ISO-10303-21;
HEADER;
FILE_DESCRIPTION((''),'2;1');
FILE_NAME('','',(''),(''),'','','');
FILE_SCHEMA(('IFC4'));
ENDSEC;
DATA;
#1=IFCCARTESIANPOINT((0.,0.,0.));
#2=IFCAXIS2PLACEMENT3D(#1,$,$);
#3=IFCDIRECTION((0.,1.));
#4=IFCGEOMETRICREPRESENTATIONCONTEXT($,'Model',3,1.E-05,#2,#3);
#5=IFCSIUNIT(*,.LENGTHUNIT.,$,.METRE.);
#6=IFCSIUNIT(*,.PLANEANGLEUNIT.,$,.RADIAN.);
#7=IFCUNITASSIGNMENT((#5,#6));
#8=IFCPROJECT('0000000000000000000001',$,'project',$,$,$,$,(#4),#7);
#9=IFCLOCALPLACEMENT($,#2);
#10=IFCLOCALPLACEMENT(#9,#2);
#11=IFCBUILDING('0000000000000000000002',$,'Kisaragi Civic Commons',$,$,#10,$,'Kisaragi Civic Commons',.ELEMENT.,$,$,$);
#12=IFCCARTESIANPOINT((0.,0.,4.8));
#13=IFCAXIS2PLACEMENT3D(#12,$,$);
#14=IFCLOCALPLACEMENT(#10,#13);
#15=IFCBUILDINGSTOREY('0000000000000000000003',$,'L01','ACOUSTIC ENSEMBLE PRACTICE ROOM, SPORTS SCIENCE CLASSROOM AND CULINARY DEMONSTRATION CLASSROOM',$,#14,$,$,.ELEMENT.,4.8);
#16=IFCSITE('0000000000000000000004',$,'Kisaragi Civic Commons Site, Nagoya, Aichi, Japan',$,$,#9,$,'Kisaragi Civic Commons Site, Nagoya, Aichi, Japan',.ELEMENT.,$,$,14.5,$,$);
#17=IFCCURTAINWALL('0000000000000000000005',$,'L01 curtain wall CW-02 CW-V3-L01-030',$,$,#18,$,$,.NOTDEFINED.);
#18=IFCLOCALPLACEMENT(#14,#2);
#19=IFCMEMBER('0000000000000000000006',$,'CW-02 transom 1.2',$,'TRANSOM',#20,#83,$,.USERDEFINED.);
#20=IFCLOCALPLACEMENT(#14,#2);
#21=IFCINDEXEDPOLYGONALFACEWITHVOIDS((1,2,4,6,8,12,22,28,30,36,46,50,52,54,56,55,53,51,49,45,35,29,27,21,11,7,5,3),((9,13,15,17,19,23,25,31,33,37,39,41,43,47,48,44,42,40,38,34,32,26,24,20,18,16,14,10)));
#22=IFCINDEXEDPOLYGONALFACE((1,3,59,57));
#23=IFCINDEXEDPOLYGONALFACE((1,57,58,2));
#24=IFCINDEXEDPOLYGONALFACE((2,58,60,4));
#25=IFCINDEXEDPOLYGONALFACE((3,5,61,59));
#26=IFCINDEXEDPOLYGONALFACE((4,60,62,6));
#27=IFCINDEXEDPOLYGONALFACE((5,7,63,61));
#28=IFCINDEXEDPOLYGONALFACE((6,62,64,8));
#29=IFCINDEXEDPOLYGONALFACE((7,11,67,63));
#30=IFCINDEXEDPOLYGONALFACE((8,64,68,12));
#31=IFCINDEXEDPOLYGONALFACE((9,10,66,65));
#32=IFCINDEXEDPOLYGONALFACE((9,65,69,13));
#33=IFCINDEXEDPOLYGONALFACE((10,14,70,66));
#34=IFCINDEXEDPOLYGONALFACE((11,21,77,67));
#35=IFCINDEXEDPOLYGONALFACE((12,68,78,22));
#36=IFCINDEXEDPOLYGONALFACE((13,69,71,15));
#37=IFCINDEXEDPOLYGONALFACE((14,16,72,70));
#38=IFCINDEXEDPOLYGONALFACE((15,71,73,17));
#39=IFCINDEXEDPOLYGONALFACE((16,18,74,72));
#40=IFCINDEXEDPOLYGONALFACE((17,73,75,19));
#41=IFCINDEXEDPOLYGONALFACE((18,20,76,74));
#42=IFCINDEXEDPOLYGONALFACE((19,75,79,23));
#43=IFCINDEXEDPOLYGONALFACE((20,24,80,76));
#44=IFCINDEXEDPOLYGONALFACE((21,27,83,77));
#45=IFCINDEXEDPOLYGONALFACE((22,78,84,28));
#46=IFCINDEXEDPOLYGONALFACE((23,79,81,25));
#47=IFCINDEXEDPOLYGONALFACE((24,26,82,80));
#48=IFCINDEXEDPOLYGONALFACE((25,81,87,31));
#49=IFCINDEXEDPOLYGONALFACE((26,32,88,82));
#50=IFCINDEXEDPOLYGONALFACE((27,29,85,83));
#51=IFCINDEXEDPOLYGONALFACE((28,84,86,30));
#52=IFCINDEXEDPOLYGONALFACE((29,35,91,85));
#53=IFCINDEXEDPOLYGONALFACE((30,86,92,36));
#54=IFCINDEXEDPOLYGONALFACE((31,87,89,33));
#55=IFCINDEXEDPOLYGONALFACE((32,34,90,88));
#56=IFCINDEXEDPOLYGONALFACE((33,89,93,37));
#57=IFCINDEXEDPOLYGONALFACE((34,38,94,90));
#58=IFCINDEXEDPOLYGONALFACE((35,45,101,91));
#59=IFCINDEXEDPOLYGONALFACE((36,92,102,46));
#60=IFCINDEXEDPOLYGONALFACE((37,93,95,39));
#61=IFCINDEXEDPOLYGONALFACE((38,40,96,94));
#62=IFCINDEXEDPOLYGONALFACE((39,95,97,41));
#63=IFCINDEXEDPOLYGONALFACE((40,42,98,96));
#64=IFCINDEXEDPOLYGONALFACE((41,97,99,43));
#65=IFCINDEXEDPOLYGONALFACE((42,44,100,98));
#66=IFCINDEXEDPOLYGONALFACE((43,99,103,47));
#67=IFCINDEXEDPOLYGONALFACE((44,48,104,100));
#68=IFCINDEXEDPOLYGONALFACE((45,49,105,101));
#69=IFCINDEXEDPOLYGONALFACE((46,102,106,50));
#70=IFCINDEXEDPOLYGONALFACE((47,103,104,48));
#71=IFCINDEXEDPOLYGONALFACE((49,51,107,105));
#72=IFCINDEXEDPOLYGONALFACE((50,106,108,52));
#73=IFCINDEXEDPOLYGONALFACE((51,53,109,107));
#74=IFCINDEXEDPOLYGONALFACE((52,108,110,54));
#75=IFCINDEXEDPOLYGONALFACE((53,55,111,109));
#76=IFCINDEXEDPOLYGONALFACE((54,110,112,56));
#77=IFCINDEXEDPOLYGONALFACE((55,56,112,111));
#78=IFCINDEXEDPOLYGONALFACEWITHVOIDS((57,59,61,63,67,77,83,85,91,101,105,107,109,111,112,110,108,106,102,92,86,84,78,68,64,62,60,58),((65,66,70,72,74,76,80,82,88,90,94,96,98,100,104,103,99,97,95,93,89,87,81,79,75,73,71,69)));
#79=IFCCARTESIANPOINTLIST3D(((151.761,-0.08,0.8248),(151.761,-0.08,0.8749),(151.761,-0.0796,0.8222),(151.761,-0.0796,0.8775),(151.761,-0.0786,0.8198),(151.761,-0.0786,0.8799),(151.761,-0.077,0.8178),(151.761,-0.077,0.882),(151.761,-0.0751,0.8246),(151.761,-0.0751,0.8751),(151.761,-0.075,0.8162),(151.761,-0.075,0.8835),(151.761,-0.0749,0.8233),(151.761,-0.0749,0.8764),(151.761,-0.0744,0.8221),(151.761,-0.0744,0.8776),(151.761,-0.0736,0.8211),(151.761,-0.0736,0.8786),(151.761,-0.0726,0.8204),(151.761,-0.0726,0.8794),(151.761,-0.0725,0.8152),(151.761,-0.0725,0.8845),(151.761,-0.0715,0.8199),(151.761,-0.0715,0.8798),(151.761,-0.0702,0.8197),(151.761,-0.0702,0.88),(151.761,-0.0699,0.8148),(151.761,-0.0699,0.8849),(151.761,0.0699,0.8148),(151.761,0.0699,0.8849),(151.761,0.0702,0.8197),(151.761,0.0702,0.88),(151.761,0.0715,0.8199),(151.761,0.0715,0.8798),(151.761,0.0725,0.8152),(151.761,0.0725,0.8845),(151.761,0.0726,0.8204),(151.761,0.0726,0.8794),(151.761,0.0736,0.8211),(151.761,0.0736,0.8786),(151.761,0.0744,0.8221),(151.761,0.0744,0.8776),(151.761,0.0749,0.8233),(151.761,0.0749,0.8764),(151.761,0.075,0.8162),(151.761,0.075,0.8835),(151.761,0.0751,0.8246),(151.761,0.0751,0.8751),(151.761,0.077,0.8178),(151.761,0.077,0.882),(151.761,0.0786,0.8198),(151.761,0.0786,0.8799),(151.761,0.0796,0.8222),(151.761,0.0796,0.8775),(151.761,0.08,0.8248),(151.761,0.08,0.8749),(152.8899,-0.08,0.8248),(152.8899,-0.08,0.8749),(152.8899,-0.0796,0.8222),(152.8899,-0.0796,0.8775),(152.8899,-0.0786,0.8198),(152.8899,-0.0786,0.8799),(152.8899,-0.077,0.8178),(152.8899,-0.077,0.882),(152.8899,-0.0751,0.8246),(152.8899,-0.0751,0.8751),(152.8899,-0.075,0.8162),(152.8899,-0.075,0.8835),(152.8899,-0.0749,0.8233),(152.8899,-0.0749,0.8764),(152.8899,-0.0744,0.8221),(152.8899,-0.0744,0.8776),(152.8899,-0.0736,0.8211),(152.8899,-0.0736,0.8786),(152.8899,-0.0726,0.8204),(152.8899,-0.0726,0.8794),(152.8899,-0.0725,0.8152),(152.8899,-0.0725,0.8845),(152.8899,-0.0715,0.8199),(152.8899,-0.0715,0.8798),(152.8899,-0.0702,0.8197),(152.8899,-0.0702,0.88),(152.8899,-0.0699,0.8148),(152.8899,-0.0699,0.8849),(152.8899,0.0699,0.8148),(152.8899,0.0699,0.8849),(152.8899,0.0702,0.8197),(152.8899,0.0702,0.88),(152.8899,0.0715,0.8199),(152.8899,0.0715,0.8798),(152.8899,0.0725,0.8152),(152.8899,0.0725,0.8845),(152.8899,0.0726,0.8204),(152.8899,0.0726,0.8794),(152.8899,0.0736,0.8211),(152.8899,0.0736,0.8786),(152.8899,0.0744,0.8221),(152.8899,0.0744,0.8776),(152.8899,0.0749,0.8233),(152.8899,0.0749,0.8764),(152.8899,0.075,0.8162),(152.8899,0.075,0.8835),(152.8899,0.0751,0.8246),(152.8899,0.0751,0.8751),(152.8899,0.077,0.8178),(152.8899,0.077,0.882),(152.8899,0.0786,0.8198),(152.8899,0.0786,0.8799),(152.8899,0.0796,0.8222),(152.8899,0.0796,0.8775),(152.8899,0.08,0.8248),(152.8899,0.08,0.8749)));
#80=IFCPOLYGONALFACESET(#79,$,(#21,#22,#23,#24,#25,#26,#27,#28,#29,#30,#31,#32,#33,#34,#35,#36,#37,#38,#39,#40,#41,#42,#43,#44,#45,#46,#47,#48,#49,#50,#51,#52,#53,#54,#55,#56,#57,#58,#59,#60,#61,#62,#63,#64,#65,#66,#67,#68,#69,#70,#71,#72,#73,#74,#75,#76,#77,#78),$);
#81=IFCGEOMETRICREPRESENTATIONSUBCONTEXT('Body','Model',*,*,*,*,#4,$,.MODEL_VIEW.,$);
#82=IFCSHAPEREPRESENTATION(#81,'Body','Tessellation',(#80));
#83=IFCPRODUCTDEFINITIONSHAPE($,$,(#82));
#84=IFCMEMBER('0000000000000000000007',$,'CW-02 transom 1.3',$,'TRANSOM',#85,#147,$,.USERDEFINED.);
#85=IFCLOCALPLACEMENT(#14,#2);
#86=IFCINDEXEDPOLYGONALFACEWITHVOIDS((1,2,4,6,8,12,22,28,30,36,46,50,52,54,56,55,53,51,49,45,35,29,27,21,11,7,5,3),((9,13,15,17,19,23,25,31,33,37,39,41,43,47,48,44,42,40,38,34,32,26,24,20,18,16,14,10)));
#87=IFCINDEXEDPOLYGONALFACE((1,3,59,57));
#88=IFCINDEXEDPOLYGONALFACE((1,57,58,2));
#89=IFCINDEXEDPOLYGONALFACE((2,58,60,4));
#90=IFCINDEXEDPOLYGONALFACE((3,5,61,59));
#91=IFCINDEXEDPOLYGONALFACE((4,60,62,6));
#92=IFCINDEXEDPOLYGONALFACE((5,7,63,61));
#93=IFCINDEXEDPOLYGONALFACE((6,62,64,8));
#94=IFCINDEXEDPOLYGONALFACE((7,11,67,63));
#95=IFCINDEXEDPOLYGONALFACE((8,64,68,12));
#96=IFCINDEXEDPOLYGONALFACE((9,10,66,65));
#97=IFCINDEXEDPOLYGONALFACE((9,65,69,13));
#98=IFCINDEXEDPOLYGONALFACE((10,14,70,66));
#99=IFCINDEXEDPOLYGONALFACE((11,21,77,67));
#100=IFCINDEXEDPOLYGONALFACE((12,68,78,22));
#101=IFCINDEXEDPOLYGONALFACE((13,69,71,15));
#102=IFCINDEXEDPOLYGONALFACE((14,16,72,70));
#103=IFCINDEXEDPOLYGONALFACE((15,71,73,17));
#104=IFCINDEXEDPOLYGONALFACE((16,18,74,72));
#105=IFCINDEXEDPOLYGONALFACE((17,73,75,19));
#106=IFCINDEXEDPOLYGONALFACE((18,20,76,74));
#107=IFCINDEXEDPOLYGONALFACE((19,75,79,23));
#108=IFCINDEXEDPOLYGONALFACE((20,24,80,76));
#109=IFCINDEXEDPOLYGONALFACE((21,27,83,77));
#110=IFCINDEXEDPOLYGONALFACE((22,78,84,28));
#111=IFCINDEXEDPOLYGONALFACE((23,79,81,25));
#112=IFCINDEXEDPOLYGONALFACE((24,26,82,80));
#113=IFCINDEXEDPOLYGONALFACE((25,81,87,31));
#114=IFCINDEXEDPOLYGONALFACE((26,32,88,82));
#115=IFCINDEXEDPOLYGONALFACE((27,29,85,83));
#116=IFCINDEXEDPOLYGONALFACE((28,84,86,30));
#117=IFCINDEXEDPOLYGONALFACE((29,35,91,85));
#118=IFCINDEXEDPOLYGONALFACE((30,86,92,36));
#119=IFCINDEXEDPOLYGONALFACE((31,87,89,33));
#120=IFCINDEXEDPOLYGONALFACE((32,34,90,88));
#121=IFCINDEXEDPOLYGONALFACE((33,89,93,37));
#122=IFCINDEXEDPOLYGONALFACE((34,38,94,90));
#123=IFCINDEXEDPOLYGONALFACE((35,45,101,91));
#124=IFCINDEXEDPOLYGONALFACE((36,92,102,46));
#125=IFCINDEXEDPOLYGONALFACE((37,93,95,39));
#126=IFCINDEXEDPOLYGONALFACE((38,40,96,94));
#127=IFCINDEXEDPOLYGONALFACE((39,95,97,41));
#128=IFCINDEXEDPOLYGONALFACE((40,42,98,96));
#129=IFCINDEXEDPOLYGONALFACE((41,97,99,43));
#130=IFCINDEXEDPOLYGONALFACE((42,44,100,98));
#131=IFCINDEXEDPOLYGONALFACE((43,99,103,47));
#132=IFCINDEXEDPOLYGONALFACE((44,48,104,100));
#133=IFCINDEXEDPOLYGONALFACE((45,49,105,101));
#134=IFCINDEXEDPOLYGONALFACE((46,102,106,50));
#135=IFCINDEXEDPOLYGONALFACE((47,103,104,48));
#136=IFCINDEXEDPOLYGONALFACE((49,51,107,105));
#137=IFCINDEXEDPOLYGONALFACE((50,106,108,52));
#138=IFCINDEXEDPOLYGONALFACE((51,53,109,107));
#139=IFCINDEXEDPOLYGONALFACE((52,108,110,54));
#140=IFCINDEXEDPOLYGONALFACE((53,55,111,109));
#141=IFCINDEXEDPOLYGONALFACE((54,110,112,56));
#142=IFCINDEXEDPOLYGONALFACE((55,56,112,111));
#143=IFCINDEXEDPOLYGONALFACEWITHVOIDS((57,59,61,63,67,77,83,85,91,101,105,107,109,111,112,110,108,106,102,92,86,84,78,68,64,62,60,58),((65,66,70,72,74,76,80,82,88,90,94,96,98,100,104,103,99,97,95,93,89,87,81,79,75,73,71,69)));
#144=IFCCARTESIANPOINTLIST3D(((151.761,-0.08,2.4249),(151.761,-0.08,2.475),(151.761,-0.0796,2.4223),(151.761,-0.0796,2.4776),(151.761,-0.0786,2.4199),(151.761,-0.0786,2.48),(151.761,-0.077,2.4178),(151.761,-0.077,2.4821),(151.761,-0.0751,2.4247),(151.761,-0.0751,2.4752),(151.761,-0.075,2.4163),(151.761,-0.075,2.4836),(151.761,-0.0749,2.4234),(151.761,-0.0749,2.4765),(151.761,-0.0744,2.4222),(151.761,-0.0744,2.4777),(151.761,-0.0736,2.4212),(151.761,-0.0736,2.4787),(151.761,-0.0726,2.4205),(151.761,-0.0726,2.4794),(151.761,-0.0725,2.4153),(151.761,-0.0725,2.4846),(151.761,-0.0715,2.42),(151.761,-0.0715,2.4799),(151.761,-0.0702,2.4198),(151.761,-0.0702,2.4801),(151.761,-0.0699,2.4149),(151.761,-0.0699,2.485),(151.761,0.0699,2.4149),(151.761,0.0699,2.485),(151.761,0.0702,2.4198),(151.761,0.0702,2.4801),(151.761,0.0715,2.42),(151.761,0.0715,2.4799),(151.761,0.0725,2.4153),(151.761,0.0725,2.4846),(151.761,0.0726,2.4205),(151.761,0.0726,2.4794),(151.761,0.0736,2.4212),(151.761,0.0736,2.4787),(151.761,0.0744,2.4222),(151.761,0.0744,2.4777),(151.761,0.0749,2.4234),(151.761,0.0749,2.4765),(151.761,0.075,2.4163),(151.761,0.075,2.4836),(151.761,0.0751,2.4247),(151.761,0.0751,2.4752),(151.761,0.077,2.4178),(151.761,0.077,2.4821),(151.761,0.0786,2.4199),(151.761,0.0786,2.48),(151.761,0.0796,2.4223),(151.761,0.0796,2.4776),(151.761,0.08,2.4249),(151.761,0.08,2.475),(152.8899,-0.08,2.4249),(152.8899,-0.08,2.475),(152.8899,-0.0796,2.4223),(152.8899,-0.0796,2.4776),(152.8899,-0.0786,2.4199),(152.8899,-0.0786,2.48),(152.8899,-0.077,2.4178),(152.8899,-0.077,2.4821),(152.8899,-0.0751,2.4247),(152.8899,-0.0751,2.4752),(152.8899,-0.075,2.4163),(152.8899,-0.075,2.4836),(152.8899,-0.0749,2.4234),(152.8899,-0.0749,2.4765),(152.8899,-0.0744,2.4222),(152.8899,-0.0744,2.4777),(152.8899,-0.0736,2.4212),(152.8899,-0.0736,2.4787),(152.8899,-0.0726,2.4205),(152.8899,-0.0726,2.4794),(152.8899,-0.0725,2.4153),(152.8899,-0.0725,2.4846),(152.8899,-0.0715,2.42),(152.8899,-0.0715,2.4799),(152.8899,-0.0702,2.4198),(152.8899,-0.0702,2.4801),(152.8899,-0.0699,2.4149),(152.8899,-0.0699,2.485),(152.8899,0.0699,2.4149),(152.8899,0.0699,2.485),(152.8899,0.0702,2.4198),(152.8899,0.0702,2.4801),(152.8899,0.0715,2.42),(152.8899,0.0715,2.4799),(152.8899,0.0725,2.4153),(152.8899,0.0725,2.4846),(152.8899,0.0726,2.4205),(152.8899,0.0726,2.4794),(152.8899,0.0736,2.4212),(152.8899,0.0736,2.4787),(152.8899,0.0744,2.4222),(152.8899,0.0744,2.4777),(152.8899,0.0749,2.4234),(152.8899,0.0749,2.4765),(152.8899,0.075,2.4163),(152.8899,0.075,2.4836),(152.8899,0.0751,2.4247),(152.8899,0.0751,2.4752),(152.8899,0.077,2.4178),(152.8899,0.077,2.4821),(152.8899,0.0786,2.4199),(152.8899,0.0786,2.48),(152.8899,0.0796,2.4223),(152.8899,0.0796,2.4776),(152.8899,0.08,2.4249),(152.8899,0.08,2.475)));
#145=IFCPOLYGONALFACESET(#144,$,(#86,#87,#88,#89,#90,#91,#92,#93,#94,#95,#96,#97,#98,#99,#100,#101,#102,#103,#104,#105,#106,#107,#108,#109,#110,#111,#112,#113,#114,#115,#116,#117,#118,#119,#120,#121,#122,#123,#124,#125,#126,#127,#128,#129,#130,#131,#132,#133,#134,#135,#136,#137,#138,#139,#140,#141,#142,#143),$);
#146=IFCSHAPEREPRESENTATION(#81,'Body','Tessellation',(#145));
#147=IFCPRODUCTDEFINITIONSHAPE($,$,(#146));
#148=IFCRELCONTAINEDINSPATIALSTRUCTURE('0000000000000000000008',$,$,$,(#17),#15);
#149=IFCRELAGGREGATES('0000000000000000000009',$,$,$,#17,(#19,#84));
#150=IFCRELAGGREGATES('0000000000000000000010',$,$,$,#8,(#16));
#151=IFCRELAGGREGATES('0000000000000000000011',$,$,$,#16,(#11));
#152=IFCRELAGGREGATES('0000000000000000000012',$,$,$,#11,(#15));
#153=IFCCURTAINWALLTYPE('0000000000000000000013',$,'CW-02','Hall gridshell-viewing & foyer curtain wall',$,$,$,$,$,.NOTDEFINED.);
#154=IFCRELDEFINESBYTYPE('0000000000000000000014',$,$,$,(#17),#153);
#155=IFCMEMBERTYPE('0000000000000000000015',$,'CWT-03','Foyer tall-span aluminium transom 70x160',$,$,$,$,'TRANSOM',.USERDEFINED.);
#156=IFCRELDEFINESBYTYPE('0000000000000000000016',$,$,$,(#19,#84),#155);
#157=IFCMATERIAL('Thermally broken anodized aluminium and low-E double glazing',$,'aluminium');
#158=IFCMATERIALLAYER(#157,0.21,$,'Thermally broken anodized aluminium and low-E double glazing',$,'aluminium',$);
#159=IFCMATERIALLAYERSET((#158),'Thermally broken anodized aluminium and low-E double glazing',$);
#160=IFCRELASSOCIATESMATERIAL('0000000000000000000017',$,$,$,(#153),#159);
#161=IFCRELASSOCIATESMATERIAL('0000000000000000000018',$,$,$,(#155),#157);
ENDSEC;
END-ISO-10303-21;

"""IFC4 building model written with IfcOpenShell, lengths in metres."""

from ifc_helpers import new_model, si_unit, direction, frame, origin, origin_2d, place, context, subcontext, project, spatial, hollow_rectangle, extrude, material, layer, layer_set, material_profile, profile_set, type_object, element, aggregate, save


model = new_model("IFC4")

# Units and contexts
model_context = context("Model", 3, precision=1e-05, world=origin(), true_north=direction((0.0, 1.0)))
body_context = subcontext(model_context, "Body", "Model", "MODEL_VIEW")
ifc_project = project(units=[si_unit("LENGTHUNIT", "METRE"), si_unit("PLANEANGLEUNIT", "RADIAN")], contexts=[model_context])

# Site, building, storey
site_placement = place(None, origin())
site = spatial("IfcSite", under=ifc_project, at=site_placement, Name="Kisaragi Civic Commons Site, Nagoya, Aichi, Japan", LongName="Kisaragi Civic Commons Site, Nagoya, Aichi, Japan", CompositionType="ELEMENT", RefElevation=14.5)
building_placement = place(site_placement, origin())
building = spatial("IfcBuilding", under=site, at=building_placement, Name="Kisaragi Civic Commons", LongName="Kisaragi Civic Commons", CompositionType="ELEMENT")
storey_placement = place(building_placement, frame((0.0, 0.0, 4.8)))
storey = spatial("IfcBuildingStorey", under=building, at=storey_placement, Name="L01", Description="ACOUSTIC ENSEMBLE PRACTICE ROOM, SPORTS SCIENCE CLASSROOM AND CULINARY DEMONSTRATION CLASSROOM", CompositionType="ELEMENT", Elevation=4.8)

# Shared definitions
ifc_material_1 = material(Name="Thermally broken anodized aluminium and low-E double glazing", Category="aluminium")
ifc_layer_1 = layer(ifc_material_1, 0.21, Name="Thermally broken anodized aluminium and low-E double glazing", Category="aluminium")
ifc_layer_set_1 = layer_set([ifc_layer_1], Name="Thermally broken anodized aluminium and low-E double glazing")
curtain_wall_type = type_object("IfcCurtainWallType", Name="CW-02", Description="Hall gridshell-viewing & foyer curtain wall", PredefinedType="NOTDEFINED", material=ifc_layer_set_1)

# Curtain wall
curtain_wall_1_placement = place(storey_placement, origin())
curtain_wall_1 = element("IfcCurtainWall", 1, at=curtain_wall_1_placement, inside=storey, type_object=curtain_wall_type, Name="L01 curtain wall CW-02 CW-V3-L01-030", PredefinedType="NOTDEFINED")

# Members
ifc_material_profile_1 = material_profile(ifc_material_1, hollow_rectangle(XDim=0.1599, YDim=0.0701, WallThickness=0.0049, InnerFilletRadius=0.0049, OuterFilletRadius=0.01, at=origin_2d()), Name="CWT-70x160x5", Category="aluminium")
ifc_profile_set_1 = profile_set([ifc_material_profile_1], Name="Thermally broken anodized aluminium and low-E double glazing")
member_type_1 = type_object("IfcMemberType", Name="CWT-03", Description="Foyer tall-span aluminium transom 70x160", ElementType="TRANSOM", PredefinedType="USERDEFINED", material=ifc_profile_set_1)
member_1_placement = place(storey_placement, frame((152.8899, 0.0, 0.8499), z_axis=(-1.0, 0.0, 0.0), x_axis=(0.0, -1.0, 0.0)))
member_1 = element("IfcMember", 2, at=member_1_placement, type_object=member_type_1, Name="CW-02 transom 1.2", ObjectType="TRANSOM", PredefinedType="USERDEFINED", context=body_context, shape_type="SweptSolid", body=[
    extrude(hollow_rectangle(XDim=0.1599, YDim=0.0701, WallThickness=0.0049, InnerFilletRadius=0.0049, OuterFilletRadius=0.01, at=origin_2d()), origin(), (0.0, 0.0, 1.0), 1.1289),
])
member_2_placement = place(storey_placement, frame((152.8899, 0.0, 2.45), z_axis=(-1.0, 0.0, 0.0), x_axis=(0.0, -1.0, 0.0)))
member_2 = element("IfcMember", 3, at=member_2_placement, type_object=member_type_1, Name="CW-02 transom 1.3", ObjectType="TRANSOM", PredefinedType="USERDEFINED", context=body_context, shape_type="SweptSolid", body=[
    extrude(hollow_rectangle(XDim=0.1599, YDim=0.0701, WallThickness=0.0049, InnerFilletRadius=0.0049, OuterFilletRadius=0.01, at=origin_2d()), origin(), (0.0, 0.0, 1.0), 1.1289),
])
aggregate(curtain_wall_1, [member_1, member_2])

save(model, "model.ifc")
